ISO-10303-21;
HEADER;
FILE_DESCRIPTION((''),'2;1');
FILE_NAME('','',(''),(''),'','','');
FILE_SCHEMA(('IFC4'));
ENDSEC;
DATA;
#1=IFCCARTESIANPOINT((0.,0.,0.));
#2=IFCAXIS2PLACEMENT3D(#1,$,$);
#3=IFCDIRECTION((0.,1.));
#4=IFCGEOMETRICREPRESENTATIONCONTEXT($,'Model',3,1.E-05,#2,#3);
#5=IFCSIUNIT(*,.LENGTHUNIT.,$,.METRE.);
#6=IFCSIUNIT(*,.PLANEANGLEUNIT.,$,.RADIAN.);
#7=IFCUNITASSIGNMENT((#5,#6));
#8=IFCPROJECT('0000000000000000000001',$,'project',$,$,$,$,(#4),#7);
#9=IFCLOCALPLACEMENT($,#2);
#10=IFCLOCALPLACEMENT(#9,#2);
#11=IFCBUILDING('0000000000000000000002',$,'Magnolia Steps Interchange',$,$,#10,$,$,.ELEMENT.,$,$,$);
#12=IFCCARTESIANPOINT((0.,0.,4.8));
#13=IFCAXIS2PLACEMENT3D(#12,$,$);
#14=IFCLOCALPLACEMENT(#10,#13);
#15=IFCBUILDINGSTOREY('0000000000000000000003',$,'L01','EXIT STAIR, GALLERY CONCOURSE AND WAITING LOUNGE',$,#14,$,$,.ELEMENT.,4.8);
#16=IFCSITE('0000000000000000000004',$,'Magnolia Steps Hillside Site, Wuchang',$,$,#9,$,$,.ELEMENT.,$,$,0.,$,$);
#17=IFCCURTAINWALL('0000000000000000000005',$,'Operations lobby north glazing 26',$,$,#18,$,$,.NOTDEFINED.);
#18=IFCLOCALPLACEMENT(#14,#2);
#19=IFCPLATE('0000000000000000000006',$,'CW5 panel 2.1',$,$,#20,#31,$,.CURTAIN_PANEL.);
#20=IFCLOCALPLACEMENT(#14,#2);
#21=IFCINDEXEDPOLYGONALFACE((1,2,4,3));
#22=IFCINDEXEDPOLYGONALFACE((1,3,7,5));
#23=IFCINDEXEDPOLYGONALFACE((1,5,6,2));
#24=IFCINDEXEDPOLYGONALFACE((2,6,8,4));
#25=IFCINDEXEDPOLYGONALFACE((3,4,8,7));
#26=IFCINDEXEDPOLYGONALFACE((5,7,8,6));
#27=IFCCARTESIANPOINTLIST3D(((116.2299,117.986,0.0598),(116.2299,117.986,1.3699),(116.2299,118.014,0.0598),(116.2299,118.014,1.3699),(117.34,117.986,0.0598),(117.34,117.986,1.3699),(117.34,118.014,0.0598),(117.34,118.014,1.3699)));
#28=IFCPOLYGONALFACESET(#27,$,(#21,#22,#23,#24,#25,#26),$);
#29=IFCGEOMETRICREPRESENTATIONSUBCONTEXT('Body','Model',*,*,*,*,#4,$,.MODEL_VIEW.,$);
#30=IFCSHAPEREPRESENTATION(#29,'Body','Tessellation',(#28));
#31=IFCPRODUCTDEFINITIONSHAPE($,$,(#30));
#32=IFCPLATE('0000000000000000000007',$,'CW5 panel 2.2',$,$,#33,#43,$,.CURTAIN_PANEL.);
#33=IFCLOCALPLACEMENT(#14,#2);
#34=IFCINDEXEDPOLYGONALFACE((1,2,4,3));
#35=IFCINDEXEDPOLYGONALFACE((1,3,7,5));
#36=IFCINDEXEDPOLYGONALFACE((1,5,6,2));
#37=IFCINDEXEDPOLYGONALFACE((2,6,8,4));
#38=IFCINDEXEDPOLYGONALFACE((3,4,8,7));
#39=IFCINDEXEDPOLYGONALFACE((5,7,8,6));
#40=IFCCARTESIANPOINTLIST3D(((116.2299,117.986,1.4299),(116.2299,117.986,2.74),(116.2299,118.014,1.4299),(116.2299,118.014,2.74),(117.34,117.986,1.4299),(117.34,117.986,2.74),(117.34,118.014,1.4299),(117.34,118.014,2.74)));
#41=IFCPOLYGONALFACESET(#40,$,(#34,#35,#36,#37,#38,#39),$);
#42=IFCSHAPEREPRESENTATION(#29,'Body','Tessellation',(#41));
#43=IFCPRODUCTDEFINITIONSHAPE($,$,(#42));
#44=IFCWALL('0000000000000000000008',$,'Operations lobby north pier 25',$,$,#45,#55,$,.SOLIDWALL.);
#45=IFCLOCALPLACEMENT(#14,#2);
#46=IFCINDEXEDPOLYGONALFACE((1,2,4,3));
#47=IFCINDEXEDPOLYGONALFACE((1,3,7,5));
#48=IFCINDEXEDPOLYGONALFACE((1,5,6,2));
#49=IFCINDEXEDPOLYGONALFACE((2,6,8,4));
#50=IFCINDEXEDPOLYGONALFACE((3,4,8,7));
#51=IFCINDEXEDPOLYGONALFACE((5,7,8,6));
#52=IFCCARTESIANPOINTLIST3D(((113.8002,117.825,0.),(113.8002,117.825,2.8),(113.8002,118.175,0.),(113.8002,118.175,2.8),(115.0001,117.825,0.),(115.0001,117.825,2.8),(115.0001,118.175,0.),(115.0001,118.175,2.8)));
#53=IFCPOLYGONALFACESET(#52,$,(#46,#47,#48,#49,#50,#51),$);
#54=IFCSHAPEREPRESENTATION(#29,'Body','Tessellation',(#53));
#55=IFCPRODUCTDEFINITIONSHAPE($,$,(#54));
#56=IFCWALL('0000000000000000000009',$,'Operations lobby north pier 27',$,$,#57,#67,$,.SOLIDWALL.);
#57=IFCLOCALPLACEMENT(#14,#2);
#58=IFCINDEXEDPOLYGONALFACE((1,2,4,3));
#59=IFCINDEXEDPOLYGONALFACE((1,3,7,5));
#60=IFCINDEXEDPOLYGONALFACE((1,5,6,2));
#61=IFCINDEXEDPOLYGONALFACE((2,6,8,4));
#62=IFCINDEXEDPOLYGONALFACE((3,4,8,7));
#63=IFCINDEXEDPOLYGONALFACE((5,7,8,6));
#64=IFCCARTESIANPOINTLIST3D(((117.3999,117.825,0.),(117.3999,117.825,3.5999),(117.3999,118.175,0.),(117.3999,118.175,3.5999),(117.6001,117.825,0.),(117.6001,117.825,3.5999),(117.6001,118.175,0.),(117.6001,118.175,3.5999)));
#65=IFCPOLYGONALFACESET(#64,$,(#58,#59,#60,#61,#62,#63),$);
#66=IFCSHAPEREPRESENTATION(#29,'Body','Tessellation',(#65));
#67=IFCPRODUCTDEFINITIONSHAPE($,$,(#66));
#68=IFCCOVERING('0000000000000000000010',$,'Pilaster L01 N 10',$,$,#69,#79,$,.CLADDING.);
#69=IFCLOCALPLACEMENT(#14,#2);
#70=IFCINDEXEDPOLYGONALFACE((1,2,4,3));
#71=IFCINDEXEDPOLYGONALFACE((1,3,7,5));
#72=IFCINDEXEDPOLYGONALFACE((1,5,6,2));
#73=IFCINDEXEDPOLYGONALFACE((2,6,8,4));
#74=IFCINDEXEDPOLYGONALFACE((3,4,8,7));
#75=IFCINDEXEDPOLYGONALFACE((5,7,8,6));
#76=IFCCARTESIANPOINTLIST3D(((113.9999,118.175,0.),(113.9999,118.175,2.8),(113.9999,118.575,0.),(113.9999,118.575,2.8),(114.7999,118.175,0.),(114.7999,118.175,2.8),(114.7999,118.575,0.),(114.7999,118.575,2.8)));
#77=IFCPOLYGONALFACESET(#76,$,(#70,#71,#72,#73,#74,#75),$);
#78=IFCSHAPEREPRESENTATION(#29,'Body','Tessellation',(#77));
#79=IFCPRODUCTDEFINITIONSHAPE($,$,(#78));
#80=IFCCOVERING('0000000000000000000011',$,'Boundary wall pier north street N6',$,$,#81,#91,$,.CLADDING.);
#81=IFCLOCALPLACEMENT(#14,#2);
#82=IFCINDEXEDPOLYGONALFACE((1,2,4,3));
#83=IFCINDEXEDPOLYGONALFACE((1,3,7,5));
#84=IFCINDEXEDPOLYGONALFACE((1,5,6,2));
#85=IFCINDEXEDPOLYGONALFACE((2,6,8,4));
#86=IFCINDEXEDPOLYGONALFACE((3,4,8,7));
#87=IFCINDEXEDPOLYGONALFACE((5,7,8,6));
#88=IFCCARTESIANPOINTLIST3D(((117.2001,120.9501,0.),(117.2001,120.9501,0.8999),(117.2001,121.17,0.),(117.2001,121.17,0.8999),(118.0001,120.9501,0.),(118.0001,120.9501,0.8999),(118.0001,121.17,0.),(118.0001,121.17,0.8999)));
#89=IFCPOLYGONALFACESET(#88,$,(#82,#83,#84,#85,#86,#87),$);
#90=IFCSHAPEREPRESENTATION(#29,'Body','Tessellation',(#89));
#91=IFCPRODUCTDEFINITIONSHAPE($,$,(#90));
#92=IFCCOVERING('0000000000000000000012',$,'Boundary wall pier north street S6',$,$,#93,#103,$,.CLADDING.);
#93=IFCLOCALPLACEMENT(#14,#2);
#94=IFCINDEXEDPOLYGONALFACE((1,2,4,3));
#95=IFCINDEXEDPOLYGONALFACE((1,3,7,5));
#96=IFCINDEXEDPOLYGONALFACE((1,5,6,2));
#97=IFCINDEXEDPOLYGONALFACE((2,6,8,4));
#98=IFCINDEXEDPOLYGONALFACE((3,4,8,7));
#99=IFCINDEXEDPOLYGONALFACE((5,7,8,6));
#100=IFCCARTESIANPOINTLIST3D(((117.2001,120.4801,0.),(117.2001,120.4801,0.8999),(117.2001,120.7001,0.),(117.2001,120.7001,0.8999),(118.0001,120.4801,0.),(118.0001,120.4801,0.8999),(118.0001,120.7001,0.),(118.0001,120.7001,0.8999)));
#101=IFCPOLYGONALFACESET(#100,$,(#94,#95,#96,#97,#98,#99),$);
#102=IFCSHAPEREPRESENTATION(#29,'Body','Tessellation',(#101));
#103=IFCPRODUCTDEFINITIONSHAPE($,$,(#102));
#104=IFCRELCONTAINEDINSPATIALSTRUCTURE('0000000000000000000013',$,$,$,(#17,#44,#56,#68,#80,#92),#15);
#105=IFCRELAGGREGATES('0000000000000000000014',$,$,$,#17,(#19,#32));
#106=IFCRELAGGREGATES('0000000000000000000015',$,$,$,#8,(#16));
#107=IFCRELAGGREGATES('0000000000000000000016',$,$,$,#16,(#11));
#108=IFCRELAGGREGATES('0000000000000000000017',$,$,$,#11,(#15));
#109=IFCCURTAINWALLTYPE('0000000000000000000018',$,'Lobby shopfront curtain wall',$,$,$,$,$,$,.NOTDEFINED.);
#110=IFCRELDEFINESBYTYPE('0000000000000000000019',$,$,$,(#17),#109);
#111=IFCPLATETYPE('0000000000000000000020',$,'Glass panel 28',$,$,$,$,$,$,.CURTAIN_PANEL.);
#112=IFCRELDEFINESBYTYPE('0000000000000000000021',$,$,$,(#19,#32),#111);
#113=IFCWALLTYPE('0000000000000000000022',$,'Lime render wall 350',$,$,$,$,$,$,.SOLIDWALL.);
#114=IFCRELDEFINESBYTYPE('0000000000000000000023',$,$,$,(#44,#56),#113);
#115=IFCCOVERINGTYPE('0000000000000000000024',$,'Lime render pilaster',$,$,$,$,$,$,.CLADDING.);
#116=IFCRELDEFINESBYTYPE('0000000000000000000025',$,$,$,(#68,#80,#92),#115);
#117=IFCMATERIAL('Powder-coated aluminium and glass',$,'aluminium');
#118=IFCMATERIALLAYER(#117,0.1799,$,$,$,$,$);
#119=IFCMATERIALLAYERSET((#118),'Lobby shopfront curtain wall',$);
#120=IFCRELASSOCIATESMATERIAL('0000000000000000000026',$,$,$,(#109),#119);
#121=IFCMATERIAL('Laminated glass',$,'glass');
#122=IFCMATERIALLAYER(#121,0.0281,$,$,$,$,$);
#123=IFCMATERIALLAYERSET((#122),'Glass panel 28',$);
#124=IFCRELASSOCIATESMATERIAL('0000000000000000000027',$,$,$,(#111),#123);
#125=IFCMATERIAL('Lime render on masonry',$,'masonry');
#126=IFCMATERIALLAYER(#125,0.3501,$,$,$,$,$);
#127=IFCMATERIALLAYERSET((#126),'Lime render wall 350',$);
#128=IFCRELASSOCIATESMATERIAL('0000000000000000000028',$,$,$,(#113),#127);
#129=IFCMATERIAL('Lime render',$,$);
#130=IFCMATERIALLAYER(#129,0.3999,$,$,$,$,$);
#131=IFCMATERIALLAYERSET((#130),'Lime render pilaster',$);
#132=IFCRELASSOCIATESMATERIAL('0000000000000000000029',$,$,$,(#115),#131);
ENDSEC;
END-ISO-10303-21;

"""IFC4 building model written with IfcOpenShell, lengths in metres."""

from ifc_helpers import new_model, si_unit, direction, frame, frame_2d, origin, origin_2d, place, context, subcontext, project, spatial, rectangle, extrude, material, layer, layer_set, type_object, element, aggregate, save


model = new_model("IFC4")

# Units and contexts
model_context = context("Model", 3, precision=1e-05, world=origin(), true_north=direction((0.0, 1.0)))
body_context = subcontext(model_context, "Body", "Model", "MODEL_VIEW")
ifc_project = project(units=[si_unit("LENGTHUNIT", "METRE"), si_unit("PLANEANGLEUNIT", "RADIAN")], contexts=[model_context])

# Site, building, storey
site_placement = place(None, origin())
site = spatial("IfcSite", under=ifc_project, at=site_placement, Name="Magnolia Steps Hillside Site, Wuchang", CompositionType="ELEMENT", RefElevation=0.0)
building_placement = place(site_placement, origin())
building = spatial("IfcBuilding", under=site, at=building_placement, Name="Magnolia Steps Interchange", CompositionType="ELEMENT")
storey_placement = place(building_placement, frame((0.0, 0.0, 4.8)))
storey = spatial("IfcBuildingStorey", under=building, at=storey_placement, Name="L01", Description="EXIT STAIR, GALLERY CONCOURSE AND WAITING LOUNGE", CompositionType="ELEMENT", Elevation=4.8)

# Shared definitions
ifc_material_1 = material(Name="Powder-coated aluminium and glass", Category="aluminium")
ifc_layer_1 = layer(ifc_material_1, 0.1799)
ifc_layer_set_1 = layer_set([ifc_layer_1], Name="Lobby shopfront curtain wall")
curtain_wall_type = type_object("IfcCurtainWallType", Name="Lobby shopfront curtain wall", PredefinedType="NOTDEFINED", material=ifc_layer_set_1)

# Curtain wall
curtain_wall_1_placement = place(storey_placement, origin())
curtain_wall_1 = element("IfcCurtainWall", 1, at=curtain_wall_1_placement, inside=storey, type_object=curtain_wall_type, Name="Operations lobby north glazing 26", PredefinedType="NOTDEFINED")

# Plates
ifc_material_2 = material(Name="Laminated glass", Category="glass")
ifc_layer_2 = layer(ifc_material_2, 0.0281)
ifc_layer_set_2 = layer_set([ifc_layer_2], Name="Glass panel 28")
plate_type = type_object("IfcPlateType", Name="Glass panel 28", PredefinedType="CURTAIN_PANEL", material=ifc_layer_set_2)
plate_1_placement = place(storey_placement, frame((116.7849, 118.0, 0.0598), z_axis=(0.0, 0.0, 1.0), x_axis=(1.0, 0.0, 0.0)))
plate_1 = element("IfcPlate", 2, at=plate_1_placement, type_object=plate_type, Name="CW5 panel 2.1", PredefinedType="CURTAIN_PANEL", context=body_context, shape_type="SweptSolid", body=[
    extrude(rectangle(XDim=1.1101, YDim=0.0281, at=origin_2d()), origin(), (0.0, 0.0, 1.0), 1.3101),
])
plate_2_placement = place(storey_placement, frame((116.7849, 118.0, 1.4299), z_axis=(0.0, 0.0, 1.0), x_axis=(1.0, 0.0, 0.0)))
plate_2 = element("IfcPlate", 3, at=plate_2_placement, type_object=plate_type, Name="CW5 panel 2.2", PredefinedType="CURTAIN_PANEL", context=body_context, shape_type="SweptSolid", body=[
    extrude(rectangle(XDim=1.1101, YDim=0.0281, at=origin_2d()), origin(), (0.0, 0.0, 1.0), 1.3101),
])
aggregate(curtain_wall_1, [plate_1, plate_2])

# Walls
ifc_material_3 = material(Name="Lime render on masonry", Category="masonry")
ifc_layer_3 = layer(ifc_material_3, 0.3501)
ifc_layer_set_3 = layer_set([ifc_layer_3], Name="Lime render wall 350")
wall_type = type_object("IfcWallType", Name="Lime render wall 350", PredefinedType="SOLIDWALL", material=ifc_layer_set_3)
wall_1_placement = place(storey_placement, frame((113.8, 118.0, 0.0), z_axis=(0.0, 0.0, 1.0), x_axis=(1.0, 0.0, 0.0)))
element("IfcWall", 4, at=wall_1_placement, inside=storey, type_object=wall_type, Name="Operations lobby north pier 25", PredefinedType="SOLIDWALL", context=body_context, shape_type="SweptSolid", body=[
    extrude(rectangle(XDim=1.2, YDim=0.3501, at=frame_2d((0.6001, 0.0))), origin(), (0.0, 0.0, 1.0), 2.8),
])
wall_2_placement = place(storey_placement, frame((117.3999, 118.0, 0.0), z_axis=(0.0, 0.0, 1.0), x_axis=(1.0, 0.0, 0.0)))
element("IfcWall", 5, at=wall_2_placement, inside=storey, type_object=wall_type, Name="Operations lobby north pier 27", PredefinedType="SOLIDWALL", context=body_context, shape_type="SweptSolid", body=[
    extrude(rectangle(XDim=0.2002, YDim=0.3501, at=frame_2d((0.1001, 0.0))), origin(), (0.0, 0.0, 1.0), 3.5999),
])

# Coverings
ifc_material_4 = material(Name="Lime render")
ifc_layer_4 = layer(ifc_material_4, 0.3999)
ifc_layer_set_4 = layer_set([ifc_layer_4], Name="Lime render pilaster")
covering_type_1 = type_object("IfcCoveringType", Name="Lime render pilaster", PredefinedType="CLADDING", material=ifc_layer_set_4)
covering_1_placement = place(storey_placement, frame((114.3999, 118.375, 0.0), z_axis=(0.0, 0.0, 1.0), x_axis=(1.0, 0.0, 0.0)))
element("IfcCovering", 6, at=covering_1_placement, inside=storey, type_object=covering_type_1, Name="Pilaster L01 N 10", PredefinedType="CLADDING", context=body_context, shape_type="SweptSolid", body=[
    extrude(rectangle(XDim=0.8, YDim=0.3999, at=origin_2d()), origin(), (0.0, 0.0, 1.0), 2.8),
])
for number, where, z_axis, x_axis, name in (
    (7, (117.6001, 121.0601, 0.0), (0.0, 0.0, 1.0), (1.0, 0.0, 0.0), "Boundary wall pier north street N6"),
    (8, (117.6001, 120.5901, 0.0), (0.0, 0.0, 1.0), (1.0, 0.0, 0.0), "Boundary wall pier north street S6"),
):
    element("IfcCovering", number, at=place(storey_placement, frame(where, z_axis=z_axis, x_axis=x_axis)), inside=storey, type_object=covering_type_1, Name=name, PredefinedType="CLADDING", context=body_context, shape_type="SweptSolid", body=[
        extrude(rectangle(XDim=0.8, YDim=0.22, at=origin_2d()), origin(), (0.0, 0.0, 1.0), 0.8999),
    ])

save(model, "model.ifc")
